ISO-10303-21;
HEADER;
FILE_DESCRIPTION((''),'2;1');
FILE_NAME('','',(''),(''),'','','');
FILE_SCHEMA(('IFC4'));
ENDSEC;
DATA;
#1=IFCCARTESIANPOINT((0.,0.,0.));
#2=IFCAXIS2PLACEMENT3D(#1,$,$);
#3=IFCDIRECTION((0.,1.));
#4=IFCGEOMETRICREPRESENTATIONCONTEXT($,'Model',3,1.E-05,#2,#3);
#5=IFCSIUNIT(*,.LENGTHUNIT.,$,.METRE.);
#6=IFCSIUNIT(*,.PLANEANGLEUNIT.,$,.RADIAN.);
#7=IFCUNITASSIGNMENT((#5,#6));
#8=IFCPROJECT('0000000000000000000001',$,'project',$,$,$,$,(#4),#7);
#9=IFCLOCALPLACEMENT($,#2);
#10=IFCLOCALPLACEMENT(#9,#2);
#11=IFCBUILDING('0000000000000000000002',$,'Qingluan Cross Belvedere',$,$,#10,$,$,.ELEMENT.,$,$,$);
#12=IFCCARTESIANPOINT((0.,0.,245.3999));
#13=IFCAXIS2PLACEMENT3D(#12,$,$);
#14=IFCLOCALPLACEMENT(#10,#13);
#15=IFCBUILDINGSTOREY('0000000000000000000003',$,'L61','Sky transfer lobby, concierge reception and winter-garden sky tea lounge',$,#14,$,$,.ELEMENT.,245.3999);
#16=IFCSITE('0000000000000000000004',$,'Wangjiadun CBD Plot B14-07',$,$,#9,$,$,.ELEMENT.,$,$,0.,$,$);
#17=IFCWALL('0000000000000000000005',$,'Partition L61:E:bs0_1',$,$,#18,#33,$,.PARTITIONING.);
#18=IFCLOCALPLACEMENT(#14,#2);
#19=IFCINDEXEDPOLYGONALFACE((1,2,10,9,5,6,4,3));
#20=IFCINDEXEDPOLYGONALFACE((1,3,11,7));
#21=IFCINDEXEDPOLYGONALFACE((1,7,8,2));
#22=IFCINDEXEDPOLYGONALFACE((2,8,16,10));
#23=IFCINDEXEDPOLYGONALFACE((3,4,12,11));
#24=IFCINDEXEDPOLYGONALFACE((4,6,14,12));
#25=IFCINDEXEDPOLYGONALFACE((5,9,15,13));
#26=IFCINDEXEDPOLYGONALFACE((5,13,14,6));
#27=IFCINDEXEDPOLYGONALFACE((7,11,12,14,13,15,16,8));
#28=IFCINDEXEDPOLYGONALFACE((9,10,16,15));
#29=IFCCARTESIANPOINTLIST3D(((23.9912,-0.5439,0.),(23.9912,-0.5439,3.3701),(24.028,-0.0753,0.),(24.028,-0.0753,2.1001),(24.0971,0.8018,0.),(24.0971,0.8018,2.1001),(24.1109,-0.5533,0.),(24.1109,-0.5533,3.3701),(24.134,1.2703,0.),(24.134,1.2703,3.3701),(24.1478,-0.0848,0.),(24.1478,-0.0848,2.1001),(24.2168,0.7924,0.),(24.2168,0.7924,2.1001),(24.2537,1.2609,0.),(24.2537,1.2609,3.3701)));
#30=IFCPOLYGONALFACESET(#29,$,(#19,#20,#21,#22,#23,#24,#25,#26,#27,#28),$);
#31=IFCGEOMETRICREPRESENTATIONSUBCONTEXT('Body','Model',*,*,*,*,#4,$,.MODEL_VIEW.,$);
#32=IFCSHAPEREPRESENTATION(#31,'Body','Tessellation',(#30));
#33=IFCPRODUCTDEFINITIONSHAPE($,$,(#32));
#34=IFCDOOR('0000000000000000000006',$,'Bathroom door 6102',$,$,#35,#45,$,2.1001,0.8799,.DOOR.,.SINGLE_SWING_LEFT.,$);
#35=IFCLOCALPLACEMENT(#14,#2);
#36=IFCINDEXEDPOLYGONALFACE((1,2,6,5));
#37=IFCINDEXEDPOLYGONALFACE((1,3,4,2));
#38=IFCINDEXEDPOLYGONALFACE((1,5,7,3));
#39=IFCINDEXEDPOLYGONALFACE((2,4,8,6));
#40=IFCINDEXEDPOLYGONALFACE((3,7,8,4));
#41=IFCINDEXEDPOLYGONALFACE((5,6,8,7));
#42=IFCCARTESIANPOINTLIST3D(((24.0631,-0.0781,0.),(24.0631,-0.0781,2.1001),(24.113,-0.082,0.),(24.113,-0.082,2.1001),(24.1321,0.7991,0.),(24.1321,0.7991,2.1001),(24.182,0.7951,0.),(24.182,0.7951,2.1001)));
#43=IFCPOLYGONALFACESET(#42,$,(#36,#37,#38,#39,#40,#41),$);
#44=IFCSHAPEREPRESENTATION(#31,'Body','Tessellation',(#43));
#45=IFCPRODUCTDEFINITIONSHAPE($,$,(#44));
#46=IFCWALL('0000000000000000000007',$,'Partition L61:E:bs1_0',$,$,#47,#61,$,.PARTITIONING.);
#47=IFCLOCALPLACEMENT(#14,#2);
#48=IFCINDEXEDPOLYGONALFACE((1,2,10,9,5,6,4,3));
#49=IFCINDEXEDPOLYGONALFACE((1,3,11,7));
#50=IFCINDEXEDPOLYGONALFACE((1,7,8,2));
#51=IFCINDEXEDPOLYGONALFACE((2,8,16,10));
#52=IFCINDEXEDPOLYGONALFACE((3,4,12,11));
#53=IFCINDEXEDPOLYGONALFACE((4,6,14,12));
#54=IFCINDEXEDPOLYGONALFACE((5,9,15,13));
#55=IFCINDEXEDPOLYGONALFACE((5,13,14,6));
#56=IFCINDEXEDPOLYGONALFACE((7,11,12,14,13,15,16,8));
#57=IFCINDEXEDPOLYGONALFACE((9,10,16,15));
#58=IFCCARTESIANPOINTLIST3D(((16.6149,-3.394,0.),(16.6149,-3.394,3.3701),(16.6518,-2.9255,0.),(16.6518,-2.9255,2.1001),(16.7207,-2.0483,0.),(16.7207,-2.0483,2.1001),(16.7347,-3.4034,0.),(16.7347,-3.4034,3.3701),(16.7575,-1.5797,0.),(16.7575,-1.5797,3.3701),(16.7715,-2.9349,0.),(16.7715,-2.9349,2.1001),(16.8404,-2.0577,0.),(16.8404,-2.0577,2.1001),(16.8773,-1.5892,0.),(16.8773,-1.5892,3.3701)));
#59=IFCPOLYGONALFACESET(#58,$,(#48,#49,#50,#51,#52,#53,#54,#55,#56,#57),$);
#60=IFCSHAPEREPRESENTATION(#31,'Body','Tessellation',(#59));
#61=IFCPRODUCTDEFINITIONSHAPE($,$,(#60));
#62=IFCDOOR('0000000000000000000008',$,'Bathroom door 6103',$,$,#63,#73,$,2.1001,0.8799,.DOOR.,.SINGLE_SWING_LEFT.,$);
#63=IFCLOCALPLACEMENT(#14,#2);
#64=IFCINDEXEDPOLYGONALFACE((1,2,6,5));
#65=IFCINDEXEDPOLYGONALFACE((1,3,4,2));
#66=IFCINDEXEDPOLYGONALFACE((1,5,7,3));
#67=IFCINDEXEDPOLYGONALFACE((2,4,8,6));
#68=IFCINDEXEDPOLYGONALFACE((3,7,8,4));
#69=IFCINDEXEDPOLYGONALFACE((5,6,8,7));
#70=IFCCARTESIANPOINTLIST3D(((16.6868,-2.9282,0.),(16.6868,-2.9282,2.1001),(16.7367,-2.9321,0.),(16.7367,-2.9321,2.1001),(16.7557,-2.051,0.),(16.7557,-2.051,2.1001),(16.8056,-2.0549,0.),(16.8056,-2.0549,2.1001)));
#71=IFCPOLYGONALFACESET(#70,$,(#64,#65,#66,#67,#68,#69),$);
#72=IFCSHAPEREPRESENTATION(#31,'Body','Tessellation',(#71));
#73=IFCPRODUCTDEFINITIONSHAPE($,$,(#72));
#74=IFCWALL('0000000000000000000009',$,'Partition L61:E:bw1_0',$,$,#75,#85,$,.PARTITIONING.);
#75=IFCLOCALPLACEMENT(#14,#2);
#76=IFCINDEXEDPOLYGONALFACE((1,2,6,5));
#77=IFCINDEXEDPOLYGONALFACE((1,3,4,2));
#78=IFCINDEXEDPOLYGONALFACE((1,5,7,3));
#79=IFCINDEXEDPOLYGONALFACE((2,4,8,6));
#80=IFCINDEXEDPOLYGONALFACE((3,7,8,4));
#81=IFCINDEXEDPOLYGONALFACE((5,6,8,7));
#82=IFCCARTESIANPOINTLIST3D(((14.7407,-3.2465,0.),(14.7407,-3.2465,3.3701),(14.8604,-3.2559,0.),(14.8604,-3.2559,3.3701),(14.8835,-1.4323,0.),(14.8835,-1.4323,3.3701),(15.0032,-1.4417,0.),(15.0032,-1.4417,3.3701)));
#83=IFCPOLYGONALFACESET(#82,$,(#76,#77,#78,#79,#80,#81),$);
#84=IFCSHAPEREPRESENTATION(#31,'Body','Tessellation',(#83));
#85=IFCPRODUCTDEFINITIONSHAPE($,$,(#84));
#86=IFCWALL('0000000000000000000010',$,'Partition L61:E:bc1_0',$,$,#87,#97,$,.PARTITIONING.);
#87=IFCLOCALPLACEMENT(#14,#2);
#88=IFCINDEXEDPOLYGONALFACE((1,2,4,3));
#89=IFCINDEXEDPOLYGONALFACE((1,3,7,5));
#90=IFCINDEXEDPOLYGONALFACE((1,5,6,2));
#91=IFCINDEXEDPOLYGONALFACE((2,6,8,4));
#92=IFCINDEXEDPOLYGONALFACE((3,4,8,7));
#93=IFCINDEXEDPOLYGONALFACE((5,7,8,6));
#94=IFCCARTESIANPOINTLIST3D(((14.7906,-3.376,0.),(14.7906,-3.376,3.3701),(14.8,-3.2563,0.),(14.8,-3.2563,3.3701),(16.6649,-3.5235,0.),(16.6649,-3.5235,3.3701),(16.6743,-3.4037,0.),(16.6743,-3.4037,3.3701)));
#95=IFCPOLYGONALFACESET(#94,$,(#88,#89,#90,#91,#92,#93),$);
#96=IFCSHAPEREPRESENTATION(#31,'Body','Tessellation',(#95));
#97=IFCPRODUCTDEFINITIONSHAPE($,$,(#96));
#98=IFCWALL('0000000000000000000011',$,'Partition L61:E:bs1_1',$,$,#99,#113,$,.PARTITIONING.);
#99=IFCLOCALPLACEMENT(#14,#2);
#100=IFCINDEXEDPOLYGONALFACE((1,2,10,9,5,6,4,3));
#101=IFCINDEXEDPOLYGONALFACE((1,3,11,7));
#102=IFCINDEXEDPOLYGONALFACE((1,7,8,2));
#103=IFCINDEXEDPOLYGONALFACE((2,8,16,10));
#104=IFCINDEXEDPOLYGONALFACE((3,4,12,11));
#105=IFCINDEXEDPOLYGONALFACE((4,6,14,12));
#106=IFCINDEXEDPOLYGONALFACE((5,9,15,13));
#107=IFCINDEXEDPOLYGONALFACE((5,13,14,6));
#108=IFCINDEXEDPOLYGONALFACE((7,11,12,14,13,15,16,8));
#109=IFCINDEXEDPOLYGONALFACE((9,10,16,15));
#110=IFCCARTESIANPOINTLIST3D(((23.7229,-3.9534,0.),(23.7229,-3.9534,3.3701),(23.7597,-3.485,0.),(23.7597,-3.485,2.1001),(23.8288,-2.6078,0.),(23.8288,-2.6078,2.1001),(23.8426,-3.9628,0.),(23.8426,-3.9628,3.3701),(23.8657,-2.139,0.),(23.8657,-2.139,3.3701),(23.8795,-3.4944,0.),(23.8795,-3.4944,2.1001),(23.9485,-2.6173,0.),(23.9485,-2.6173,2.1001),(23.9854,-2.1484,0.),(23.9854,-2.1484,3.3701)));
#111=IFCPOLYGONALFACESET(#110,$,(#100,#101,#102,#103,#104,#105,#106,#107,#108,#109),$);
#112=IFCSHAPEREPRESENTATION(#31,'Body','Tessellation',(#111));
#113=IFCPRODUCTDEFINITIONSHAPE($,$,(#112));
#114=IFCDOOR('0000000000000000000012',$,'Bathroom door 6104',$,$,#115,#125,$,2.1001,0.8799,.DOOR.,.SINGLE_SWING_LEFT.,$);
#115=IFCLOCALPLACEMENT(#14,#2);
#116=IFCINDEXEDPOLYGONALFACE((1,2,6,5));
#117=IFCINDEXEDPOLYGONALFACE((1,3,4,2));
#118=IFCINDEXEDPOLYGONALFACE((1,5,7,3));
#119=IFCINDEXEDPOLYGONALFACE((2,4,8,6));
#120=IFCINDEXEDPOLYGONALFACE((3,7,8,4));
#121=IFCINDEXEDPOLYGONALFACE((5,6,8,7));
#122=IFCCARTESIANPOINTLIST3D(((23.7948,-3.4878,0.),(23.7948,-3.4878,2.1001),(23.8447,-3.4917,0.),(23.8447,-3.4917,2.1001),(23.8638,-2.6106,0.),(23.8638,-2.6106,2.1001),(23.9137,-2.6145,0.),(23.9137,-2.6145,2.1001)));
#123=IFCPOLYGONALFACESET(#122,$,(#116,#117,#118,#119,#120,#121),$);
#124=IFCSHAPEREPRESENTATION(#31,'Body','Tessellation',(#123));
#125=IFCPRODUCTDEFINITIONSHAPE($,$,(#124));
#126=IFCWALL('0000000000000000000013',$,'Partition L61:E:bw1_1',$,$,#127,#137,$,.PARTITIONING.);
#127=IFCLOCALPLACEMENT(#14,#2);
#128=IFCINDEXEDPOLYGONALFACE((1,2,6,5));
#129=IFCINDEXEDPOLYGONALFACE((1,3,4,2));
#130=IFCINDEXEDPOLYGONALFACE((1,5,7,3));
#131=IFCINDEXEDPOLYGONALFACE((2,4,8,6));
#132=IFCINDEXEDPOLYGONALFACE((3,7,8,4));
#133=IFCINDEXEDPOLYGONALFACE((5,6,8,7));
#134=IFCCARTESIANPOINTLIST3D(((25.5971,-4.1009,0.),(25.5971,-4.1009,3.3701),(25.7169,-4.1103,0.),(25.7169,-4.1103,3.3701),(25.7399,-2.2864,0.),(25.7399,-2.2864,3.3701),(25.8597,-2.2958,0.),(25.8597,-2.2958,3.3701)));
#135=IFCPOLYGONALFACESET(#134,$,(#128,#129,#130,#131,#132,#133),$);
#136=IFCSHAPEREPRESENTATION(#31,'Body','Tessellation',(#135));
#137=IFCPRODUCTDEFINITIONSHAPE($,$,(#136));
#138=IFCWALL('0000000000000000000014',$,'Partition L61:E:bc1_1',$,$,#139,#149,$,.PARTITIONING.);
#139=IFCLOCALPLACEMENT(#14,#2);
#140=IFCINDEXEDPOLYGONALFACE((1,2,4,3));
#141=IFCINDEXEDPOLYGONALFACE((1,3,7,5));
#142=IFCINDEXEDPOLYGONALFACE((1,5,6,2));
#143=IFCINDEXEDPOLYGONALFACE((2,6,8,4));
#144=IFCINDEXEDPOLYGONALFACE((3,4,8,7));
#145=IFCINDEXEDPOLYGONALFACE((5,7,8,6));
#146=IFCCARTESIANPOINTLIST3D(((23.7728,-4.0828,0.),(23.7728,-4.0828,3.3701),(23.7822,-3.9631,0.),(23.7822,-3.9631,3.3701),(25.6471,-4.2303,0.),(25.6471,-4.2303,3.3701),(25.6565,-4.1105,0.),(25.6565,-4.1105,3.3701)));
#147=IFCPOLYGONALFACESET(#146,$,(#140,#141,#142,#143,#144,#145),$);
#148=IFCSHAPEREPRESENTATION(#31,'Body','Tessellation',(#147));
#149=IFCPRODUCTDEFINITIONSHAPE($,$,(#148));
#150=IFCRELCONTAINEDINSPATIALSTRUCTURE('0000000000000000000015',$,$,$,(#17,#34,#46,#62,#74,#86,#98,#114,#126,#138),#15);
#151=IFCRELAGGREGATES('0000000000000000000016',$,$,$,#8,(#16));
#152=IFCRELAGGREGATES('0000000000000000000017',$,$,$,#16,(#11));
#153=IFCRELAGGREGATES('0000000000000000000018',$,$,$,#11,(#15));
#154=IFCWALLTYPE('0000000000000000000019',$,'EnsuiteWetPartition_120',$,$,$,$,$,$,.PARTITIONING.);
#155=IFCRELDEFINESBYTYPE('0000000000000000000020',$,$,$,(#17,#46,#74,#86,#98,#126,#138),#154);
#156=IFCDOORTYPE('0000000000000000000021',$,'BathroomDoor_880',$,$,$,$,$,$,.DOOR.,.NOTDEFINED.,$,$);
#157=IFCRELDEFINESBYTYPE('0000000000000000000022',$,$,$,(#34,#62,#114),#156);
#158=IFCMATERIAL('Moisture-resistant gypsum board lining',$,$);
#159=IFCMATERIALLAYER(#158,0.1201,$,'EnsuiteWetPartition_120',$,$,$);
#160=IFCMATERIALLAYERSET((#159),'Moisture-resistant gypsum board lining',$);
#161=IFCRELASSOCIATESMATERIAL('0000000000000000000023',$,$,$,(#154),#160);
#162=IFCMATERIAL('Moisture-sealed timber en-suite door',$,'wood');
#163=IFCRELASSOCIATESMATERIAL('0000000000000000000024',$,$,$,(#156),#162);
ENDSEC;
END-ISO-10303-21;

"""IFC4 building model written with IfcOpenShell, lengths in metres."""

from ifc_helpers import new_model, si_unit, direction, frame, frame_2d, origin, place, context, subcontext, project, spatial, rectangle, extrude, material, layer, layer_set, type_object, element, fill, save


model = new_model("IFC4")

# Units and contexts
model_context = context("Model", 3, precision=1e-05, world=origin(), true_north=direction((0.0, 1.0)))
body_context = subcontext(model_context, "Body", "Model", "MODEL_VIEW")
ifc_project = project(units=[si_unit("LENGTHUNIT", "METRE"), si_unit("PLANEANGLEUNIT", "RADIAN")], contexts=[model_context])

# Site, building, storey
site_placement = place(None, origin())
site = spatial("IfcSite", under=ifc_project, at=site_placement, Name="Wangjiadun CBD Plot B14-07", CompositionType="ELEMENT", RefElevation=0.0)
building_placement = place(site_placement, origin())
building = spatial("IfcBuilding", under=site, at=building_placement, Name="Qingluan Cross Belvedere", CompositionType="ELEMENT")
storey_placement = place(building_placement, frame((0.0, 0.0, 245.3999)))
storey = spatial("IfcBuildingStorey", under=building, at=storey_placement, Name="L61", Description="Sky transfer lobby, concierge reception and winter-garden sky tea lounge", CompositionType="ELEMENT", Elevation=245.3999)

# Walls, openings, doors
ifc_material_1 = material(Name="Moisture-resistant gypsum board lining")
ifc_layer_1 = layer(ifc_material_1, 0.1201, Name="EnsuiteWetPartition_120")
ifc_layer_set_1 = layer_set([ifc_layer_1], Name="Moisture-resistant gypsum board lining")
wall_type_1 = type_object("IfcWallType", Name="EnsuiteWetPartition_120", PredefinedType="PARTITIONING", material=ifc_layer_set_1)
wall_1_placement = place(storey_placement, frame((24.051, -0.5486, 0.0), z_axis=(0.0, 0.0, 1.0), x_axis=(0.078481, 0.996916, 0.0)))
wall_1 = element("IfcWall", 1, at=wall_1_placement, inside=storey, type_object=wall_type_1, Name="Partition L61:E:bs0_1", PredefinedType="PARTITIONING", context=body_context, shape_type="SweptSolid", body=[
    extrude(rectangle(XDim=1.8198, YDim=0.1201, at=frame_2d((0.9099, 0.0))), origin(), (0.0, 0.0, 1.0), 3.3701),
])
opening_1_placement = place(wall_1_placement, frame((0.47, 0.0, 0.0)))
opening_1 = element("IfcOpeningElement", 2, at=opening_1_placement, cuts=wall_1, PredefinedType="OPENING", context=body_context, shape_type="SweptSolid", body=[
    extrude(rectangle(XDim=0.8799, YDim=2.1001, at=frame_2d((0.4399, 1.05))), frame((0.0, 0.0701, 0.0), z_axis=(0.0, -1.0, 0.0), x_axis=(1.0, 0.0, 0.0)), (0.0, 0.0, 1.0), 0.1401),
])
ifc_material_2 = material(Name="Moisture-sealed timber en-suite door", Category="wood")
door_type_1 = type_object("IfcDoorType", Name="BathroomDoor_880", OperationType="NOTDEFINED", PredefinedType="DOOR", material=ifc_material_2)
door_1_placement = place(opening_1_placement, origin())
door_1 = element("IfcDoor", 3, at=door_1_placement, inside=storey, type_object=door_type_1, Name="Bathroom door 6102", OperationType="SINGLE_SWING_LEFT", OverallHeight=2.1001, OverallWidth=0.8799, PredefinedType="DOOR", context=body_context, shape_type="SweptSolid", body=[
    extrude(rectangle(XDim=0.8799, YDim=2.1001, at=frame_2d((0.4399, 1.05))), frame((0.0, 0.0249, 0.0), z_axis=(0.0, -1.0, 0.0), x_axis=(1.0, 0.0, 0.0)), (0.0, 0.0, 1.0), 0.05),
])
fill(opening_1, door_1)
wall_2_placement = place(storey_placement, frame((16.6748, -3.3987, 0.0), z_axis=(0.0, 0.0, 1.0), x_axis=(0.078348, 0.996926, 0.0)))
wall_2 = element("IfcWall", 4, at=wall_2_placement, inside=storey, type_object=wall_type_1, Name="Partition L61:E:bs1_0", PredefinedType="PARTITIONING", context=body_context, shape_type="SweptSolid", body=[
    extrude(rectangle(XDim=1.8198, YDim=0.1201, at=frame_2d((0.9099, 0.0))), origin(), (0.0, 0.0, 1.0), 3.3701),
])
opening_2_placement = place(wall_2_placement, frame((0.47, 0.0, 0.0)))
opening_2 = element("IfcOpeningElement", 5, at=opening_2_placement, cuts=wall_2, PredefinedType="OPENING", context=body_context, shape_type="SweptSolid", body=[
    extrude(rectangle(XDim=0.8799, YDim=2.1001, at=frame_2d((0.4399, 1.05))), frame((0.0, 0.0701, 0.0), z_axis=(0.0, -1.0, 0.0), x_axis=(1.0, 0.0, 0.0)), (0.0, 0.0, 1.0), 0.1401),
])
door_2_placement = place(opening_2_placement, origin())
door_2 = element("IfcDoor", 6, at=door_2_placement, inside=storey, type_object=door_type_1, Name="Bathroom door 6103", OperationType="SINGLE_SWING_LEFT", OverallHeight=2.1001, OverallWidth=0.8799, PredefinedType="DOOR", context=body_context, shape_type="SweptSolid", body=[
    extrude(rectangle(XDim=0.8799, YDim=2.1001, at=frame_2d((0.4399, 1.05))), frame((0.0, 0.0249, 0.0), z_axis=(0.0, -1.0, 0.0), x_axis=(1.0, 0.0, 0.0)), (0.0, 0.0, 1.0), 0.05),
])
fill(opening_2, door_2)

# Walls
wall_3_placement = place(storey_placement, frame((14.8005, -3.2512, 0.0), z_axis=(0.0, 0.0, 1.0), x_axis=(0.078481, 0.996916, 0.0)))
element("IfcWall", 7, at=wall_3_placement, inside=storey, type_object=wall_type_1, Name="Partition L61:E:bw1_0", PredefinedType="PARTITIONING", context=body_context, shape_type="SweptSolid", body=[
    extrude(rectangle(XDim=1.8198, YDim=0.1201, at=frame_2d((0.9099, 0.0))), origin(), (0.0, 0.0, 1.0), 3.3701),
])
wall_4_placement = place(storey_placement, frame((14.7954, -3.3162, 0.0), z_axis=(0.0, 0.0, 1.0), x_axis=(0.996919, -0.078434, 0.0)))
element("IfcWall", 8, at=wall_4_placement, inside=storey, type_object=wall_type_1, Name="Partition L61:E:bc1_0", PredefinedType="PARTITIONING", context=body_context, shape_type="SweptSolid", body=[
    extrude(rectangle(XDim=1.8801, YDim=0.1201, at=frame_2d((0.9399, 0.0))), origin(), (0.0, 0.0, 1.0), 3.3701),
])

# Wall, opening, door
wall_5_placement = place(storey_placement, frame((23.7827, -3.9583, 0.0), z_axis=(0.0, 0.0, 1.0), x_axis=(0.078471, 0.996916, 0.0)))
wall_5 = element("IfcWall", 9, at=wall_5_placement, inside=storey, type_object=wall_type_1, Name="Partition L61:E:bs1_1", PredefinedType="PARTITIONING", context=body_context, shape_type="SweptSolid", body=[
    extrude(rectangle(XDim=1.8201, YDim=0.1201, at=frame_2d((0.9102, 0.0))), origin(), (0.0, 0.0, 1.0), 3.3701),
])
opening_3_placement = place(wall_5_placement, frame((0.47, 0.0, 0.0)))
opening_3 = element("IfcOpeningElement", 10, at=opening_3_placement, cuts=wall_5, PredefinedType="OPENING", context=body_context, shape_type="SweptSolid", body=[
    extrude(rectangle(XDim=0.8799, YDim=2.1001, at=frame_2d((0.4399, 1.05))), frame((0.0, 0.0701, 0.0), z_axis=(0.0, -1.0, 0.0), x_axis=(1.0, 0.0, 0.0)), (0.0, 0.0, 1.0), 0.1401),
])
door_3_placement = place(opening_3_placement, origin())
door_3 = element("IfcDoor", 11, at=door_3_placement, inside=storey, type_object=door_type_1, Name="Bathroom door 6104", OperationType="SINGLE_SWING_LEFT", OverallHeight=2.1001, OverallWidth=0.8799, PredefinedType="DOOR", context=body_context, shape_type="SweptSolid", body=[
    extrude(rectangle(XDim=0.8799, YDim=2.1001, at=frame_2d((0.4399, 1.05))), frame((0.0, 0.0249, 0.0), z_axis=(0.0, -1.0, 0.0), x_axis=(1.0, 0.0, 0.0)), (0.0, 0.0, 1.0), 0.05),
])
fill(opening_3, door_3)

# Walls
wall_6_placement = place(storey_placement, frame((25.657, -4.1057, 0.0), z_axis=(0.0, 0.0, 1.0), x_axis=(0.078471, 0.996916, 0.0)))
element("IfcWall", 12, at=wall_6_placement, inside=storey, type_object=wall_type_1, Name="Partition L61:E:bw1_1", PredefinedType="PARTITIONING", context=body_context, shape_type="SweptSolid", body=[
    extrude(rectangle(XDim=1.8201, YDim=0.1201, at=frame_2d((0.9102, 0.0))), origin(), (0.0, 0.0, 1.0), 3.3701),
])
wall_7_placement = place(storey_placement, frame((23.7776, -4.0229, 0.0), z_axis=(0.0, 0.0, 1.0), x_axis=(0.996919, -0.078434, 0.0)))
element("IfcWall", 13, at=wall_7_placement, inside=storey, type_object=wall_type_1, Name="Partition L61:E:bc1_1", PredefinedType="PARTITIONING", context=body_context, shape_type="SweptSolid", body=[
    extrude(rectangle(XDim=1.8801, YDim=0.1201, at=frame_2d((0.9399, 0.0))), origin(), (0.0, 0.0, 1.0), 3.3701),
])

save(model, "model.ifc")
